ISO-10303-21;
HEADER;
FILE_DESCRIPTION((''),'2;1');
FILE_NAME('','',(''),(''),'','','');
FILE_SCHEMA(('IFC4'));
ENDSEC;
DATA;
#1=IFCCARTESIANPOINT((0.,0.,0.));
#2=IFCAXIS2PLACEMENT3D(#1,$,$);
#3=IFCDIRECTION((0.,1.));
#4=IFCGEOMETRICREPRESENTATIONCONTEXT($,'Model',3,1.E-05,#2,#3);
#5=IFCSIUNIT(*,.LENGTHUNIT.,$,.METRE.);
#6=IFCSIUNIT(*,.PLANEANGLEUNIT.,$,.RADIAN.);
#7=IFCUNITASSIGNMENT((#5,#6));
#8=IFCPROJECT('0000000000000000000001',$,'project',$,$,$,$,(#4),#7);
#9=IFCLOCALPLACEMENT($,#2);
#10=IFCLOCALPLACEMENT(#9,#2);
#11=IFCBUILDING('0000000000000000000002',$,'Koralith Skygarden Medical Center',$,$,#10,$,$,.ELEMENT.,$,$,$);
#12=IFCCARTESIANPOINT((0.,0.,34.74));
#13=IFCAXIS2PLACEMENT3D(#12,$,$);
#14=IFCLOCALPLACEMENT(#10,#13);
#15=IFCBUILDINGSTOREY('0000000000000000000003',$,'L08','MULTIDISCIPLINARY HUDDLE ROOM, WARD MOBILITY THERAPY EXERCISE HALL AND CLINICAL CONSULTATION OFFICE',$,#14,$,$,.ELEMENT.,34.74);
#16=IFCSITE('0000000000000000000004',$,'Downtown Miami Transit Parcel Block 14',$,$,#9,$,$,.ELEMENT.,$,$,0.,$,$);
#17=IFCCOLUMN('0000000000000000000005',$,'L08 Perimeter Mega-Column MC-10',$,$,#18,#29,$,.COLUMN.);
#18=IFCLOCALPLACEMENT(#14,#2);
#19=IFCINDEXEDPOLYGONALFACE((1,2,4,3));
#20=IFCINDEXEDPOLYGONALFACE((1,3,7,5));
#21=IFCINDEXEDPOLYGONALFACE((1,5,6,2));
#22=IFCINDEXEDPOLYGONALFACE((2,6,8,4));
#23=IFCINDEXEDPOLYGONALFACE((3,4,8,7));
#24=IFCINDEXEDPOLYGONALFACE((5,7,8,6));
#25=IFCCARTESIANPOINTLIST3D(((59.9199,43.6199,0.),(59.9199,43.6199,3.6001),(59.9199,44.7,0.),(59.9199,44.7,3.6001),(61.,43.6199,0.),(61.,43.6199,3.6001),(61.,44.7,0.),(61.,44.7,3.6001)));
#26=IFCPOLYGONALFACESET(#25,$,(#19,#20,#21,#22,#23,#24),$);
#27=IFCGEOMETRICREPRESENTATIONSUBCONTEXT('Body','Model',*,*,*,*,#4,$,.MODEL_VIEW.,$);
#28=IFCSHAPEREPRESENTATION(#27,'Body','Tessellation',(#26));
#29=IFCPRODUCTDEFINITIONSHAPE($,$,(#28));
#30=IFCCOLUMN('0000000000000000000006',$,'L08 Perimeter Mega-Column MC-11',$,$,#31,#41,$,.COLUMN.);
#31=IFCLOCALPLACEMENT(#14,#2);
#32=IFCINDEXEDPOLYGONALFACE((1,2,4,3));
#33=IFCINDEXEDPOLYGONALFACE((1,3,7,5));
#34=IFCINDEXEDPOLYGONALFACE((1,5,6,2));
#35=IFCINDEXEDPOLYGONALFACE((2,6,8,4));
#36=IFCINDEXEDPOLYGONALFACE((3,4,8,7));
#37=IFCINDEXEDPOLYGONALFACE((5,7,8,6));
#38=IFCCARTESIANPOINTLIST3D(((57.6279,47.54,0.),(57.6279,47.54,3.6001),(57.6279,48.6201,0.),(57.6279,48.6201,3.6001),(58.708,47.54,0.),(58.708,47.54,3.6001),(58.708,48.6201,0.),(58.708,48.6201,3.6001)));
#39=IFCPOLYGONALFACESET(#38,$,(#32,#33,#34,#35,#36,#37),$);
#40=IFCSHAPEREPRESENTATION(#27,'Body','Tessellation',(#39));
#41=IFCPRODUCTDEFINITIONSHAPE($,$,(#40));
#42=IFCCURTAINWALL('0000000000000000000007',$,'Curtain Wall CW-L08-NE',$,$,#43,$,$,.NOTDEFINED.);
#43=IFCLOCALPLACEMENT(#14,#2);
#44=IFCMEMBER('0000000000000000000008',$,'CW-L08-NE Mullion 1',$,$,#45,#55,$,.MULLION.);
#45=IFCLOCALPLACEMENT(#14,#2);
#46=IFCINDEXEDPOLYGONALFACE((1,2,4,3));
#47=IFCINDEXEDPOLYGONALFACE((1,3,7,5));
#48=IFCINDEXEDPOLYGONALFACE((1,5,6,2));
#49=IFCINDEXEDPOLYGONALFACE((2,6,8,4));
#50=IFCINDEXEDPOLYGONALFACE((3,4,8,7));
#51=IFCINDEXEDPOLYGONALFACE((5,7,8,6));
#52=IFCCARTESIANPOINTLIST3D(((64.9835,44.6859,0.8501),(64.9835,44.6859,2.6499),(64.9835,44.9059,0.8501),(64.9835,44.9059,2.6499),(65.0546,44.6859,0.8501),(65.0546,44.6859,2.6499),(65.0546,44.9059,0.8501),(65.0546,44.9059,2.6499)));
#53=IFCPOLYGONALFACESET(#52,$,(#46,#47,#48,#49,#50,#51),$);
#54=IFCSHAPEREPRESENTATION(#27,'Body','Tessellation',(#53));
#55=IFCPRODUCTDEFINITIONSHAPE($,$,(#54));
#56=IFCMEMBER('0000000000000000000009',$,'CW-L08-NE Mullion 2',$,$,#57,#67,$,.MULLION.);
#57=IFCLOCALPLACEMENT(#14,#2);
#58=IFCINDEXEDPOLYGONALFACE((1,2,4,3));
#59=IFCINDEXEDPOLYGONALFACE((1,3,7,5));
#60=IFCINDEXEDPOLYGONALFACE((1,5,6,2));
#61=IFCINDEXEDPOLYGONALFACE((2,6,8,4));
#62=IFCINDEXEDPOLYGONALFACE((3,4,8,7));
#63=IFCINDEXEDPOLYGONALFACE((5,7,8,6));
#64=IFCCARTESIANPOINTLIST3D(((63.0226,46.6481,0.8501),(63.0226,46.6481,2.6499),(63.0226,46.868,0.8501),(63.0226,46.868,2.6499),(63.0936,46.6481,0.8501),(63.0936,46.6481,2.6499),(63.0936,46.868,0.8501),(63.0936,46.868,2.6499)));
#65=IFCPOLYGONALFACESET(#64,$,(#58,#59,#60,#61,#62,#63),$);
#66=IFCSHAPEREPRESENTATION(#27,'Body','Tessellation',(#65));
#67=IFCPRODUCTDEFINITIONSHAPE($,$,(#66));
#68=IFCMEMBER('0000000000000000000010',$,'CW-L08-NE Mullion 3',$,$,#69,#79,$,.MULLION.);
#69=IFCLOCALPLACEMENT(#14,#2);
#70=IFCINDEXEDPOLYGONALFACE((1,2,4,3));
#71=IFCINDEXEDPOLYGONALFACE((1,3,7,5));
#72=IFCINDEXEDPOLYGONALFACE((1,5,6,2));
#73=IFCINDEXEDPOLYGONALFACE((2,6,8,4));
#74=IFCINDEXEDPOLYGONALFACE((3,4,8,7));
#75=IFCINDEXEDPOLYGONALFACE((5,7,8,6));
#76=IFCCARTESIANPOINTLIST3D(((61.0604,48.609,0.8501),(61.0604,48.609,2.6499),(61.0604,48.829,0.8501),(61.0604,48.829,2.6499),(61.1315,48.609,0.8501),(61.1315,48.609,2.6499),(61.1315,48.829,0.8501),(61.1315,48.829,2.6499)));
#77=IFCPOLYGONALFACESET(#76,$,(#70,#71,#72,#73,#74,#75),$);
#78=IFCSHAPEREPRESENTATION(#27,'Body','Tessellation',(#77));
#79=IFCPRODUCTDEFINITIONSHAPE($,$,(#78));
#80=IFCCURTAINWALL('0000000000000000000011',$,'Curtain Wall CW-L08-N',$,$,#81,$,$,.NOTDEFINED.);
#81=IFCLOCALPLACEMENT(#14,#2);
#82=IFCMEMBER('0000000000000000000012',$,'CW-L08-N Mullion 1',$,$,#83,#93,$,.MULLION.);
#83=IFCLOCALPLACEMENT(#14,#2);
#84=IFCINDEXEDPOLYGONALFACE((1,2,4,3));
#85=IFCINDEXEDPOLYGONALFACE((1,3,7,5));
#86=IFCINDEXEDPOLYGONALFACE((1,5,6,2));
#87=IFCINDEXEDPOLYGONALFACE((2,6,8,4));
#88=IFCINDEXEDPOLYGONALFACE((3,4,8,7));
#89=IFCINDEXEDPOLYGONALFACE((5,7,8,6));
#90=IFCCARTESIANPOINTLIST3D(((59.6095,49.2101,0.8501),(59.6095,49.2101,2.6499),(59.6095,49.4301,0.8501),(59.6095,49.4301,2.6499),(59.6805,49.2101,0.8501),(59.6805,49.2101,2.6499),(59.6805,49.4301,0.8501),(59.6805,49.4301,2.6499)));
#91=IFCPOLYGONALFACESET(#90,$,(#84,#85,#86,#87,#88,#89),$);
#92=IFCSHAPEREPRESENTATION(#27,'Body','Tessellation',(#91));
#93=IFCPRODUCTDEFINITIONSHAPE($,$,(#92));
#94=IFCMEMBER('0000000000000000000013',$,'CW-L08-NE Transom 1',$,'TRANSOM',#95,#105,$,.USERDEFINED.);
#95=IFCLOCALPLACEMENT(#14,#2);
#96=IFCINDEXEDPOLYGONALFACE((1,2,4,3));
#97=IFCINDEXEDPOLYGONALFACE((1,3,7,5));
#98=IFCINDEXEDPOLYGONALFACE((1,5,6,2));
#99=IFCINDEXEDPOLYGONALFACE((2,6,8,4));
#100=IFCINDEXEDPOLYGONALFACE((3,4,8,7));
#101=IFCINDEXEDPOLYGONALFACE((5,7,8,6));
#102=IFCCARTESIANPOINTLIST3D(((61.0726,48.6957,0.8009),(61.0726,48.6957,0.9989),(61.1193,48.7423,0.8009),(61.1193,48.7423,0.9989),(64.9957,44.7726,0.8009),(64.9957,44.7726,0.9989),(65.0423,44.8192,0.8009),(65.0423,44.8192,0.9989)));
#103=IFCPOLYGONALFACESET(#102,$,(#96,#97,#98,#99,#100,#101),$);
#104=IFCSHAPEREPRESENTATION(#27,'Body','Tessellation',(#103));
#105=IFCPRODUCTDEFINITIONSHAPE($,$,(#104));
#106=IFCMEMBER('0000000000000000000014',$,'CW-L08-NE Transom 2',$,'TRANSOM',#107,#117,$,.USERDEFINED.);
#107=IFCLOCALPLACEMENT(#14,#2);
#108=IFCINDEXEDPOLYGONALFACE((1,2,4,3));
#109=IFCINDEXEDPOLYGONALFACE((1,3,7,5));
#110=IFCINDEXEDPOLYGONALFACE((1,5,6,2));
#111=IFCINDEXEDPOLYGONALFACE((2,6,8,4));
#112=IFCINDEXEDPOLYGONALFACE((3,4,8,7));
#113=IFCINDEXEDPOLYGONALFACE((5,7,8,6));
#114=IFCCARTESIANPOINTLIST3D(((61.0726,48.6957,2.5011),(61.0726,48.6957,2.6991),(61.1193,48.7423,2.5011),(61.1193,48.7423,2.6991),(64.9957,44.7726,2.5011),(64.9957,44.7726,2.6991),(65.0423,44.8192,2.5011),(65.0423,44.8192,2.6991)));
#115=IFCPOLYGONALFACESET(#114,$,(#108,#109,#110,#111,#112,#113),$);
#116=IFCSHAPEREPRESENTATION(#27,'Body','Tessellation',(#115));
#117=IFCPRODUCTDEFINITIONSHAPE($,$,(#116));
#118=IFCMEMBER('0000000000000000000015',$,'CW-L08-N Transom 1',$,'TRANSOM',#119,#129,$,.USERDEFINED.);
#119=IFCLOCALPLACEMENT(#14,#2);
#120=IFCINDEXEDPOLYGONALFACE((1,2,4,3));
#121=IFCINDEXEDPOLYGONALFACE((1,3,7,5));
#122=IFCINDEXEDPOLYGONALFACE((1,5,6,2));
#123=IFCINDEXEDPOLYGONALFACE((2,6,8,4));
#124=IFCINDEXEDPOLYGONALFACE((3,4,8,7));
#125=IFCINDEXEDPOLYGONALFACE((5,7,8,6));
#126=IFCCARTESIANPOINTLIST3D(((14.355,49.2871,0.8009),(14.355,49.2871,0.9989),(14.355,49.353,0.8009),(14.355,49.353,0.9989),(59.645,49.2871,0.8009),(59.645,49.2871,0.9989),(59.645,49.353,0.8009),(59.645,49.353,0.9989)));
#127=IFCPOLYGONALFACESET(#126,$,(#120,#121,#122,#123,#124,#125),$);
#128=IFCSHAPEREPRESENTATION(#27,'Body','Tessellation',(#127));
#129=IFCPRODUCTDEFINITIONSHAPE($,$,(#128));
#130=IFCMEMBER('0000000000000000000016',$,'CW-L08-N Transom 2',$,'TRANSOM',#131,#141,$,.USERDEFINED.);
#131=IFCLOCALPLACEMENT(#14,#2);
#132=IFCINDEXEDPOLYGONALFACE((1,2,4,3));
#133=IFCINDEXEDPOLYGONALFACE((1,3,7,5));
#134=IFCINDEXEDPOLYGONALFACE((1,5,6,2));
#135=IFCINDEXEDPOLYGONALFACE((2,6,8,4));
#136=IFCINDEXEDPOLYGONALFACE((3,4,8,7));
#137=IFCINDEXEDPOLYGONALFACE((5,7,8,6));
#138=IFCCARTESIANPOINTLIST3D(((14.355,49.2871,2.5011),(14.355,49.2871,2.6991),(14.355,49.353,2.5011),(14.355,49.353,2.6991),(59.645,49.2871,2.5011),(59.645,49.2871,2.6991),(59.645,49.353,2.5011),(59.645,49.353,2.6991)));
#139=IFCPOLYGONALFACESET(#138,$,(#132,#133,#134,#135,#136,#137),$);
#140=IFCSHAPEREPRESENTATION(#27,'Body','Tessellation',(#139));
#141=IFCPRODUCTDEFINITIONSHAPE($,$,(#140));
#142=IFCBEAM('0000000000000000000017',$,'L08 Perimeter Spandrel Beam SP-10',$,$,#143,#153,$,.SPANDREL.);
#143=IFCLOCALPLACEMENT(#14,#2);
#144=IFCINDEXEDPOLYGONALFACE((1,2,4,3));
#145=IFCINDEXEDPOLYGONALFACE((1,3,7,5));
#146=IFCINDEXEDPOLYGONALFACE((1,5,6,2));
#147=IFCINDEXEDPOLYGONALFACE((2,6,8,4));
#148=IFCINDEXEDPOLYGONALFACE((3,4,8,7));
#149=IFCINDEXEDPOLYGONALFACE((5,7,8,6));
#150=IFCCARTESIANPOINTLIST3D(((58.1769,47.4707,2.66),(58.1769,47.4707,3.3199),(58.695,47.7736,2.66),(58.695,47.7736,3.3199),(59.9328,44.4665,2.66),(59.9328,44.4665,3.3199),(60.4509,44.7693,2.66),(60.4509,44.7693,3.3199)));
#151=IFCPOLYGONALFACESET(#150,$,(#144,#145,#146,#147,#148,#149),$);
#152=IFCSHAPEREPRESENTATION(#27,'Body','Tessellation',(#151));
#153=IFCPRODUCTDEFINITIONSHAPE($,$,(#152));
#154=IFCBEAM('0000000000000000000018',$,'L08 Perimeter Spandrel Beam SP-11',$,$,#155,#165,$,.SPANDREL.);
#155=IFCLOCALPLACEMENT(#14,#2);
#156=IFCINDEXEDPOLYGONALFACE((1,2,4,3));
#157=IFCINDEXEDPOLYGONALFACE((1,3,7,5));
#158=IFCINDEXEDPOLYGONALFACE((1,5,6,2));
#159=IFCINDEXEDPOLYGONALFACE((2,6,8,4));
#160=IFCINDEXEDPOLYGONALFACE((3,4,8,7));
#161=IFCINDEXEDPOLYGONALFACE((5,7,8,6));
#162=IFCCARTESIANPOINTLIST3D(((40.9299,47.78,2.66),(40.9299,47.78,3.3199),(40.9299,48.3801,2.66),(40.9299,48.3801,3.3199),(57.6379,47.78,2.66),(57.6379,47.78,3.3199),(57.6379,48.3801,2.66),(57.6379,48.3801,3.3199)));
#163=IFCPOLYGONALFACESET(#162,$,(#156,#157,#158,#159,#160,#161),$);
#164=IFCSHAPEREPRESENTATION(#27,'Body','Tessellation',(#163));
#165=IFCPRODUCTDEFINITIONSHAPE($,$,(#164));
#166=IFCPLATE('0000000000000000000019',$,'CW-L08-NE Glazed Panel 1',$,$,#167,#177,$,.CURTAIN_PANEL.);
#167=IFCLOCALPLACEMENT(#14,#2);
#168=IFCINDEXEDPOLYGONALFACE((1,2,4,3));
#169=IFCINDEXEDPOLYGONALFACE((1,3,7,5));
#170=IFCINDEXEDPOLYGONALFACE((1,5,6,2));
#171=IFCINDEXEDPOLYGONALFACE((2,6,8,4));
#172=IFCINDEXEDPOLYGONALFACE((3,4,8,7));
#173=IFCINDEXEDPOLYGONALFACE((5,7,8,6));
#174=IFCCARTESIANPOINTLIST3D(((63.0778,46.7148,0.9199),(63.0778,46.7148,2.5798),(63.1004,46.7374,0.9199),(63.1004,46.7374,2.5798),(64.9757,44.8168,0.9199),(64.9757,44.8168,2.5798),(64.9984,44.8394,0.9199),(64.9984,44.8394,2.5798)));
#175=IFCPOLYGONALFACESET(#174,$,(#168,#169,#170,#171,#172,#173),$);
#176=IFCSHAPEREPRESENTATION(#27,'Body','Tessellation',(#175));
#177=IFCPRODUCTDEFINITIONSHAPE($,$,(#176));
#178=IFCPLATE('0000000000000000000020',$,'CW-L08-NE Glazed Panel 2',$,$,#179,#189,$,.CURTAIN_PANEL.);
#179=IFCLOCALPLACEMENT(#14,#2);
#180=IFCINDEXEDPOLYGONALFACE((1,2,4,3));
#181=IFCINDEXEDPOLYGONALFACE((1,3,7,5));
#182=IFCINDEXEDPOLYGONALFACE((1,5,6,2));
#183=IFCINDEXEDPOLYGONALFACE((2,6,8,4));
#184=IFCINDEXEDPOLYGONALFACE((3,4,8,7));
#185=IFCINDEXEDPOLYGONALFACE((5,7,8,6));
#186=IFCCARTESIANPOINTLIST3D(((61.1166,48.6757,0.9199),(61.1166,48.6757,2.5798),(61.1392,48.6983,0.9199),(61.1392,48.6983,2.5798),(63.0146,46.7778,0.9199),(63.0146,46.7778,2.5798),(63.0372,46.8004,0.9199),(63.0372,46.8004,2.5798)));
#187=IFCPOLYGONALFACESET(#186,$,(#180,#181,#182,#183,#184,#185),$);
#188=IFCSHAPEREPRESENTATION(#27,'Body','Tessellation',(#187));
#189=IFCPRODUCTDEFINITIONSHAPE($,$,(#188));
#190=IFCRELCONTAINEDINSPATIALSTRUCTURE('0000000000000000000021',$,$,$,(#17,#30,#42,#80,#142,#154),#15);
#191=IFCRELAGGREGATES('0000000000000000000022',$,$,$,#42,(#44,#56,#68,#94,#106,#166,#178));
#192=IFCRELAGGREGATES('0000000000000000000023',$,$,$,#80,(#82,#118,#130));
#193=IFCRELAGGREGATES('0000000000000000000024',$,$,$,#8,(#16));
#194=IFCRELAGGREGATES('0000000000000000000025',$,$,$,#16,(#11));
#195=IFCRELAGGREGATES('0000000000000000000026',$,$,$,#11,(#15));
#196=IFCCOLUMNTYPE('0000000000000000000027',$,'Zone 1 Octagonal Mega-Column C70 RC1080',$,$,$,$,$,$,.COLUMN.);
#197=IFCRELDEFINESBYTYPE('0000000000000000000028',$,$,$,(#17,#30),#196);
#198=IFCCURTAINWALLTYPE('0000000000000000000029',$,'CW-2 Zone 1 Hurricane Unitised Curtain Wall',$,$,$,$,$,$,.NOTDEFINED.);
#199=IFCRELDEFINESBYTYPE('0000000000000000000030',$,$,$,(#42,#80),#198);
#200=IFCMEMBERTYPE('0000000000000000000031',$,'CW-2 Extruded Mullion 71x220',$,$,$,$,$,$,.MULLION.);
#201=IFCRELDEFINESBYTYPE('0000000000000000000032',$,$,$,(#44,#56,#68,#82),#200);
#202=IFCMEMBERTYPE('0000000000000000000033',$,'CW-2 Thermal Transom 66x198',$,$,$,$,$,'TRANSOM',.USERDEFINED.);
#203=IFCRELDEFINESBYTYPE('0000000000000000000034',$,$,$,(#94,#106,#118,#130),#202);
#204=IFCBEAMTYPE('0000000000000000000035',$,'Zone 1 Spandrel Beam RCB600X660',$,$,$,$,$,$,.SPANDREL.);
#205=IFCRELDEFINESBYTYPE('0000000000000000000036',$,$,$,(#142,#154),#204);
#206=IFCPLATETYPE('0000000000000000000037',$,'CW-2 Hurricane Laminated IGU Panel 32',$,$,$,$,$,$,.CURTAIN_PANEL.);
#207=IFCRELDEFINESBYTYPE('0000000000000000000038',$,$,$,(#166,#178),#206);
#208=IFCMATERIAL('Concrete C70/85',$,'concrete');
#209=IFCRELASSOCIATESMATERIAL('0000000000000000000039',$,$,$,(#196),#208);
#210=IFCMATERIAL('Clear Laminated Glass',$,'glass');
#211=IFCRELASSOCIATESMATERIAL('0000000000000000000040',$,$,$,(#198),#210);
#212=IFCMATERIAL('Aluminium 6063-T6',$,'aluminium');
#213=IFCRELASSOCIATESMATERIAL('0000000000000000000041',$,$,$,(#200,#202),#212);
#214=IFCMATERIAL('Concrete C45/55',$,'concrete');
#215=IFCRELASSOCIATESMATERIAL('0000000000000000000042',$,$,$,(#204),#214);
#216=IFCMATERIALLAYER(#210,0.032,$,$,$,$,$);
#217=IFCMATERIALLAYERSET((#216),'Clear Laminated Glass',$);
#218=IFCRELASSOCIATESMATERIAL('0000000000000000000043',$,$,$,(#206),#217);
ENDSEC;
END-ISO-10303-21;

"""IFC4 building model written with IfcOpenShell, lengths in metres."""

from ifc_helpers import new_model, si_unit, direction, frame, origin, origin_2d, place, context, subcontext, project, spatial, rectangle, extrude, material, layer, layer_set, material_profile, profile_set, type_object, element, aggregate, save


model = new_model("IFC4")

# Units and contexts
model_context = context("Model", 3, precision=1e-05, world=origin(), true_north=direction((0.0, 1.0)))
body_context = subcontext(model_context, "Body", "Model", "MODEL_VIEW")
ifc_project = project(units=[si_unit("LENGTHUNIT", "METRE"), si_unit("PLANEANGLEUNIT", "RADIAN")], contexts=[model_context])

# Site, building, storey
site_placement = place(None, origin())
site = spatial("IfcSite", under=ifc_project, at=site_placement, Name="Downtown Miami Transit Parcel Block 14", CompositionType="ELEMENT", RefElevation=0.0)
building_placement = place(site_placement, origin())
building = spatial("IfcBuilding", under=site, at=building_placement, Name="Koralith Skygarden Medical Center", CompositionType="ELEMENT")
storey_placement = place(building_placement, frame((0.0, 0.0, 34.74)))
storey = spatial("IfcBuildingStorey", under=building, at=storey_placement, Name="L08", Description="MULTIDISCIPLINARY HUDDLE ROOM, WARD MOBILITY THERAPY EXERCISE HALL AND CLINICAL CONSULTATION OFFICE", CompositionType="ELEMENT", Elevation=34.74)

# Columns
ifc_material_1 = material(Name="Concrete C70/85", Category="concrete")
ifc_material_profile_1 = material_profile(ifc_material_1, rectangle(XDim=1.0801, YDim=1.0801, at=origin_2d()), Name="RC1080X1080")
ifc_profile_set_1 = profile_set([ifc_material_profile_1], Name="Concrete C70/85")
column_type = type_object("IfcColumnType", Name="Zone 1 Octagonal Mega-Column C70 RC1080", PredefinedType="COLUMN", material=ifc_profile_set_1)
for number, where, z_axis, x_axis, name in (
    (1, (60.46, 44.1599, 0.0), (0.0, 0.0, 1.0), (1.0, 0.0, 0.0), "L08 Perimeter Mega-Column MC-10"),
    (2, (58.168, 48.0801, 0.0), (0.0, 0.0, 1.0), (1.0, 0.0, 0.0), "L08 Perimeter Mega-Column MC-11"),
):
    element("IfcColumn", number, at=place(storey_placement, frame(where, z_axis=z_axis, x_axis=x_axis)), inside=storey, type_object=column_type, Name=name, PredefinedType="COLUMN", context=body_context, shape_type="SweptSolid", body=[
        extrude(rectangle(XDim=1.0801, YDim=1.0801, at=origin_2d()), origin(), (0.0, 0.0, 1.0), 3.6001),
    ])

# Curtain wall, members
ifc_material_2 = material(Name="Clear Laminated Glass", Category="glass")
curtain_wall_type = type_object("IfcCurtainWallType", Name="CW-2 Zone 1 Hurricane Unitised Curtain Wall", PredefinedType="NOTDEFINED", material=ifc_material_2)
curtain_wall_1_placement = place(storey_placement, origin())
curtain_wall_1 = element("IfcCurtainWall", 3, at=curtain_wall_1_placement, inside=storey, type_object=curtain_wall_type, Name="Curtain Wall CW-L08-NE", PredefinedType="NOTDEFINED")
ifc_material_3 = material(Name="Aluminium 6063-T6", Category="aluminium")
ifc_material_profile_2 = material_profile(ifc_material_3, rectangle(XDim=0.071, YDim=0.22, at=origin_2d()), Name="MUL71X220")
ifc_profile_set_2 = profile_set([ifc_material_profile_2], Name="Aluminium 6063-T6")
member_type_1 = type_object("IfcMemberType", Name="CW-2 Extruded Mullion 71x220", PredefinedType="MULLION", material=ifc_profile_set_2)
member_1_placement = place(storey_placement, frame((65.019, 44.7959, 0.8501), z_axis=(0.0, 0.0, 1.0), x_axis=(1.0, 0.0, 0.0)))
member_1 = element("IfcMember", 4, at=member_1_placement, type_object=member_type_1, Name="CW-L08-NE Mullion 1", PredefinedType="MULLION", context=body_context, shape_type="SweptSolid", body=[
    extrude(rectangle(XDim=0.071, YDim=0.22, at=origin_2d()), origin(), (0.0, 0.0, 1.0), 1.7998),
])
member_2_placement = place(storey_placement, frame((63.0581, 46.7581, 0.8501), z_axis=(0.0, 0.0, 1.0), x_axis=(1.0, 0.0, 0.0)))
member_2 = element("IfcMember", 5, at=member_2_placement, type_object=member_type_1, Name="CW-L08-NE Mullion 2", PredefinedType="MULLION", context=body_context, shape_type="SweptSolid", body=[
    extrude(rectangle(XDim=0.071, YDim=0.22, at=origin_2d()), origin(), (0.0, 0.0, 1.0), 1.7998),
])
member_3_placement = place(storey_placement, frame((61.0959, 48.719, 0.8501), z_axis=(0.0, 0.0, 1.0), x_axis=(1.0, 0.0, 0.0)))
member_3 = element("IfcMember", 6, at=member_3_placement, type_object=member_type_1, Name="CW-L08-NE Mullion 3", PredefinedType="MULLION", context=body_context, shape_type="SweptSolid", body=[
    extrude(rectangle(XDim=0.071, YDim=0.22, at=origin_2d()), origin(), (0.0, 0.0, 1.0), 1.7998),
])

# Curtain wall, member
curtain_wall_2_placement = place(storey_placement, origin())
curtain_wall_2 = element("IfcCurtainWall", 7, at=curtain_wall_2_placement, inside=storey, type_object=curtain_wall_type, Name="Curtain Wall CW-L08-N", PredefinedType="NOTDEFINED")
member_4_placement = place(storey_placement, frame((59.645, 49.3201, 0.8501), z_axis=(0.0, 0.0, 1.0), x_axis=(1.0, 0.0, 0.0)))
member_4 = element("IfcMember", 8, at=member_4_placement, type_object=member_type_1, Name="CW-L08-N Mullion 1", PredefinedType="MULLION", context=body_context, shape_type="SweptSolid", body=[
    extrude(rectangle(XDim=0.071, YDim=0.22, at=origin_2d()), origin(), (0.0, 0.0, 1.0), 1.7998),
])

# Members
ifc_material_profile_3 = material_profile(ifc_material_3, rectangle(XDim=0.0659, YDim=0.198, at=origin_2d()), Name="TRN66X198")
ifc_profile_set_3 = profile_set([ifc_material_profile_3], Name="Aluminium 6063-T6")
member_type_2 = type_object("IfcMemberType", Name="CW-2 Thermal Transom 66x198", ElementType="TRANSOM", PredefinedType="USERDEFINED", material=ifc_profile_set_3)
member_5_placement = place(storey_placement, frame((65.019, 44.7959, 0.8999), z_axis=(-0.707107, 0.707107, 0.0), x_axis=(-0.707107, -0.707107, 0.0)))
member_5 = element("IfcMember", 9, at=member_5_placement, type_object=member_type_2, Name="CW-L08-NE Transom 1", ObjectType="TRANSOM", PredefinedType="USERDEFINED", context=body_context, shape_type="SweptSolid", body=[
    extrude(rectangle(XDim=0.0659, YDim=0.198, at=origin_2d()), origin(), (0.0, 0.0, 1.0), 5.5481),
])
member_6_placement = place(storey_placement, frame((65.019, 44.7959, 2.6001), z_axis=(-0.707107, 0.707107, 0.0), x_axis=(-0.707107, -0.707107, 0.0)))
member_6 = element("IfcMember", 10, at=member_6_placement, type_object=member_type_2, Name="CW-L08-NE Transom 2", ObjectType="TRANSOM", PredefinedType="USERDEFINED", context=body_context, shape_type="SweptSolid", body=[
    extrude(rectangle(XDim=0.0659, YDim=0.198, at=origin_2d()), origin(), (0.0, 0.0, 1.0), 5.5481),
])
member_7_placement = place(storey_placement, frame((59.645, 49.3201, 0.8999), z_axis=(-1.0, 0.0, 0.0), x_axis=(0.0, -1.0, 0.0)))
member_7 = element("IfcMember", 11, at=member_7_placement, type_object=member_type_2, Name="CW-L08-N Transom 1", ObjectType="TRANSOM", PredefinedType="USERDEFINED", context=body_context, shape_type="SweptSolid", body=[
    extrude(rectangle(XDim=0.0659, YDim=0.198, at=origin_2d()), origin(), (0.0, 0.0, 1.0), 45.29),
])
member_8_placement = place(storey_placement, frame((59.645, 49.3201, 2.6001), z_axis=(-1.0, 0.0, 0.0), x_axis=(0.0, -1.0, 0.0)))
member_8 = element("IfcMember", 12, at=member_8_placement, type_object=member_type_2, Name="CW-L08-N Transom 2", ObjectType="TRANSOM", PredefinedType="USERDEFINED", context=body_context, shape_type="SweptSolid", body=[
    extrude(rectangle(XDim=0.0659, YDim=0.198, at=origin_2d()), origin(), (0.0, 0.0, 1.0), 45.29),
])

# Beams
ifc_material_4 = material(Name="Concrete C45/55", Category="concrete")
ifc_material_profile_4 = material_profile(ifc_material_4, rectangle(XDim=0.6001, YDim=0.6599, at=origin_2d()), Name="RCB600X660")
ifc_profile_set_4 = profile_set([ifc_material_profile_4], Name="Concrete C45/55")
beam_type = type_object("IfcBeamType", Name="Zone 1 Spandrel Beam RCB600X660", PredefinedType="SPANDREL", material=ifc_profile_set_4)
beam_1_placement = place(storey_placement, frame((60.1919, 44.6179, 2.99), z_axis=(-0.504608, 0.863349, 0.0), x_axis=(-0.863349, -0.504608, 0.0)))
element("IfcBeam", 13, at=beam_1_placement, inside=storey, type_object=beam_type, Name="L08 Perimeter Spandrel Beam SP-10", PredefinedType="SPANDREL", context=body_context, shape_type="SweptSolid", body=[
    extrude(rectangle(XDim=0.6001, YDim=0.6599, at=origin_2d()), origin(), (0.0, 0.0, 1.0), 3.4797),
])
beam_2_placement = place(storey_placement, frame((57.6379, 48.0801, 2.99), z_axis=(-1.0, 0.0, 0.0), x_axis=(0.0, -1.0, 0.0)))
element("IfcBeam", 14, at=beam_2_placement, inside=storey, type_object=beam_type, Name="L08 Perimeter Spandrel Beam SP-11", PredefinedType="SPANDREL", context=body_context, shape_type="SweptSolid", body=[
    extrude(rectangle(XDim=0.6001, YDim=0.6599, at=origin_2d()), origin(), (0.0, 0.0, 1.0), 16.708),
])

# Plates
ifc_layer_1 = layer(ifc_material_2, 0.032)
ifc_layer_set_1 = layer_set([ifc_layer_1], Name="Clear Laminated Glass")
plate_type_1 = type_object("IfcPlateType", Name="CW-2 Hurricane Laminated IGU Panel 32", PredefinedType="CURTAIN_PANEL", material=ifc_layer_set_1)
plate_1_placement = place(storey_placement, frame((64.0381, 45.7771, 0.9199), z_axis=(0.0, 0.0, 1.0), x_axis=(-0.707107, 0.707107, 0.0)))
plate_1 = element("IfcPlate", 15, at=plate_1_placement, type_object=plate_type_1, Name="CW-L08-NE Glazed Panel 1", PredefinedType="CURTAIN_PANEL", context=body_context, shape_type="SweptSolid", body=[
    extrude(rectangle(XDim=2.6841, YDim=0.032, at=origin_2d()), origin(), (0.0, 0.0, 1.0), 1.6599),
])
plate_2_placement = place(storey_placement, frame((62.0769, 47.738, 0.9199), z_axis=(0.0, 0.0, 1.0), x_axis=(-0.707107, 0.707107, 0.0)))
plate_2 = element("IfcPlate", 16, at=plate_2_placement, type_object=plate_type_1, Name="CW-L08-NE Glazed Panel 2", PredefinedType="CURTAIN_PANEL", context=body_context, shape_type="SweptSolid", body=[
    extrude(rectangle(XDim=2.6841, YDim=0.032, at=origin_2d()), origin(), (0.0, 0.0, 1.0), 1.6599),
])
aggregate(curtain_wall_1, [member_1, member_2, member_3, member_5, member_6, plate_1, plate_2])
aggregate(curtain_wall_2, [member_4, member_7, member_8])

save(model, "model.ifc")
